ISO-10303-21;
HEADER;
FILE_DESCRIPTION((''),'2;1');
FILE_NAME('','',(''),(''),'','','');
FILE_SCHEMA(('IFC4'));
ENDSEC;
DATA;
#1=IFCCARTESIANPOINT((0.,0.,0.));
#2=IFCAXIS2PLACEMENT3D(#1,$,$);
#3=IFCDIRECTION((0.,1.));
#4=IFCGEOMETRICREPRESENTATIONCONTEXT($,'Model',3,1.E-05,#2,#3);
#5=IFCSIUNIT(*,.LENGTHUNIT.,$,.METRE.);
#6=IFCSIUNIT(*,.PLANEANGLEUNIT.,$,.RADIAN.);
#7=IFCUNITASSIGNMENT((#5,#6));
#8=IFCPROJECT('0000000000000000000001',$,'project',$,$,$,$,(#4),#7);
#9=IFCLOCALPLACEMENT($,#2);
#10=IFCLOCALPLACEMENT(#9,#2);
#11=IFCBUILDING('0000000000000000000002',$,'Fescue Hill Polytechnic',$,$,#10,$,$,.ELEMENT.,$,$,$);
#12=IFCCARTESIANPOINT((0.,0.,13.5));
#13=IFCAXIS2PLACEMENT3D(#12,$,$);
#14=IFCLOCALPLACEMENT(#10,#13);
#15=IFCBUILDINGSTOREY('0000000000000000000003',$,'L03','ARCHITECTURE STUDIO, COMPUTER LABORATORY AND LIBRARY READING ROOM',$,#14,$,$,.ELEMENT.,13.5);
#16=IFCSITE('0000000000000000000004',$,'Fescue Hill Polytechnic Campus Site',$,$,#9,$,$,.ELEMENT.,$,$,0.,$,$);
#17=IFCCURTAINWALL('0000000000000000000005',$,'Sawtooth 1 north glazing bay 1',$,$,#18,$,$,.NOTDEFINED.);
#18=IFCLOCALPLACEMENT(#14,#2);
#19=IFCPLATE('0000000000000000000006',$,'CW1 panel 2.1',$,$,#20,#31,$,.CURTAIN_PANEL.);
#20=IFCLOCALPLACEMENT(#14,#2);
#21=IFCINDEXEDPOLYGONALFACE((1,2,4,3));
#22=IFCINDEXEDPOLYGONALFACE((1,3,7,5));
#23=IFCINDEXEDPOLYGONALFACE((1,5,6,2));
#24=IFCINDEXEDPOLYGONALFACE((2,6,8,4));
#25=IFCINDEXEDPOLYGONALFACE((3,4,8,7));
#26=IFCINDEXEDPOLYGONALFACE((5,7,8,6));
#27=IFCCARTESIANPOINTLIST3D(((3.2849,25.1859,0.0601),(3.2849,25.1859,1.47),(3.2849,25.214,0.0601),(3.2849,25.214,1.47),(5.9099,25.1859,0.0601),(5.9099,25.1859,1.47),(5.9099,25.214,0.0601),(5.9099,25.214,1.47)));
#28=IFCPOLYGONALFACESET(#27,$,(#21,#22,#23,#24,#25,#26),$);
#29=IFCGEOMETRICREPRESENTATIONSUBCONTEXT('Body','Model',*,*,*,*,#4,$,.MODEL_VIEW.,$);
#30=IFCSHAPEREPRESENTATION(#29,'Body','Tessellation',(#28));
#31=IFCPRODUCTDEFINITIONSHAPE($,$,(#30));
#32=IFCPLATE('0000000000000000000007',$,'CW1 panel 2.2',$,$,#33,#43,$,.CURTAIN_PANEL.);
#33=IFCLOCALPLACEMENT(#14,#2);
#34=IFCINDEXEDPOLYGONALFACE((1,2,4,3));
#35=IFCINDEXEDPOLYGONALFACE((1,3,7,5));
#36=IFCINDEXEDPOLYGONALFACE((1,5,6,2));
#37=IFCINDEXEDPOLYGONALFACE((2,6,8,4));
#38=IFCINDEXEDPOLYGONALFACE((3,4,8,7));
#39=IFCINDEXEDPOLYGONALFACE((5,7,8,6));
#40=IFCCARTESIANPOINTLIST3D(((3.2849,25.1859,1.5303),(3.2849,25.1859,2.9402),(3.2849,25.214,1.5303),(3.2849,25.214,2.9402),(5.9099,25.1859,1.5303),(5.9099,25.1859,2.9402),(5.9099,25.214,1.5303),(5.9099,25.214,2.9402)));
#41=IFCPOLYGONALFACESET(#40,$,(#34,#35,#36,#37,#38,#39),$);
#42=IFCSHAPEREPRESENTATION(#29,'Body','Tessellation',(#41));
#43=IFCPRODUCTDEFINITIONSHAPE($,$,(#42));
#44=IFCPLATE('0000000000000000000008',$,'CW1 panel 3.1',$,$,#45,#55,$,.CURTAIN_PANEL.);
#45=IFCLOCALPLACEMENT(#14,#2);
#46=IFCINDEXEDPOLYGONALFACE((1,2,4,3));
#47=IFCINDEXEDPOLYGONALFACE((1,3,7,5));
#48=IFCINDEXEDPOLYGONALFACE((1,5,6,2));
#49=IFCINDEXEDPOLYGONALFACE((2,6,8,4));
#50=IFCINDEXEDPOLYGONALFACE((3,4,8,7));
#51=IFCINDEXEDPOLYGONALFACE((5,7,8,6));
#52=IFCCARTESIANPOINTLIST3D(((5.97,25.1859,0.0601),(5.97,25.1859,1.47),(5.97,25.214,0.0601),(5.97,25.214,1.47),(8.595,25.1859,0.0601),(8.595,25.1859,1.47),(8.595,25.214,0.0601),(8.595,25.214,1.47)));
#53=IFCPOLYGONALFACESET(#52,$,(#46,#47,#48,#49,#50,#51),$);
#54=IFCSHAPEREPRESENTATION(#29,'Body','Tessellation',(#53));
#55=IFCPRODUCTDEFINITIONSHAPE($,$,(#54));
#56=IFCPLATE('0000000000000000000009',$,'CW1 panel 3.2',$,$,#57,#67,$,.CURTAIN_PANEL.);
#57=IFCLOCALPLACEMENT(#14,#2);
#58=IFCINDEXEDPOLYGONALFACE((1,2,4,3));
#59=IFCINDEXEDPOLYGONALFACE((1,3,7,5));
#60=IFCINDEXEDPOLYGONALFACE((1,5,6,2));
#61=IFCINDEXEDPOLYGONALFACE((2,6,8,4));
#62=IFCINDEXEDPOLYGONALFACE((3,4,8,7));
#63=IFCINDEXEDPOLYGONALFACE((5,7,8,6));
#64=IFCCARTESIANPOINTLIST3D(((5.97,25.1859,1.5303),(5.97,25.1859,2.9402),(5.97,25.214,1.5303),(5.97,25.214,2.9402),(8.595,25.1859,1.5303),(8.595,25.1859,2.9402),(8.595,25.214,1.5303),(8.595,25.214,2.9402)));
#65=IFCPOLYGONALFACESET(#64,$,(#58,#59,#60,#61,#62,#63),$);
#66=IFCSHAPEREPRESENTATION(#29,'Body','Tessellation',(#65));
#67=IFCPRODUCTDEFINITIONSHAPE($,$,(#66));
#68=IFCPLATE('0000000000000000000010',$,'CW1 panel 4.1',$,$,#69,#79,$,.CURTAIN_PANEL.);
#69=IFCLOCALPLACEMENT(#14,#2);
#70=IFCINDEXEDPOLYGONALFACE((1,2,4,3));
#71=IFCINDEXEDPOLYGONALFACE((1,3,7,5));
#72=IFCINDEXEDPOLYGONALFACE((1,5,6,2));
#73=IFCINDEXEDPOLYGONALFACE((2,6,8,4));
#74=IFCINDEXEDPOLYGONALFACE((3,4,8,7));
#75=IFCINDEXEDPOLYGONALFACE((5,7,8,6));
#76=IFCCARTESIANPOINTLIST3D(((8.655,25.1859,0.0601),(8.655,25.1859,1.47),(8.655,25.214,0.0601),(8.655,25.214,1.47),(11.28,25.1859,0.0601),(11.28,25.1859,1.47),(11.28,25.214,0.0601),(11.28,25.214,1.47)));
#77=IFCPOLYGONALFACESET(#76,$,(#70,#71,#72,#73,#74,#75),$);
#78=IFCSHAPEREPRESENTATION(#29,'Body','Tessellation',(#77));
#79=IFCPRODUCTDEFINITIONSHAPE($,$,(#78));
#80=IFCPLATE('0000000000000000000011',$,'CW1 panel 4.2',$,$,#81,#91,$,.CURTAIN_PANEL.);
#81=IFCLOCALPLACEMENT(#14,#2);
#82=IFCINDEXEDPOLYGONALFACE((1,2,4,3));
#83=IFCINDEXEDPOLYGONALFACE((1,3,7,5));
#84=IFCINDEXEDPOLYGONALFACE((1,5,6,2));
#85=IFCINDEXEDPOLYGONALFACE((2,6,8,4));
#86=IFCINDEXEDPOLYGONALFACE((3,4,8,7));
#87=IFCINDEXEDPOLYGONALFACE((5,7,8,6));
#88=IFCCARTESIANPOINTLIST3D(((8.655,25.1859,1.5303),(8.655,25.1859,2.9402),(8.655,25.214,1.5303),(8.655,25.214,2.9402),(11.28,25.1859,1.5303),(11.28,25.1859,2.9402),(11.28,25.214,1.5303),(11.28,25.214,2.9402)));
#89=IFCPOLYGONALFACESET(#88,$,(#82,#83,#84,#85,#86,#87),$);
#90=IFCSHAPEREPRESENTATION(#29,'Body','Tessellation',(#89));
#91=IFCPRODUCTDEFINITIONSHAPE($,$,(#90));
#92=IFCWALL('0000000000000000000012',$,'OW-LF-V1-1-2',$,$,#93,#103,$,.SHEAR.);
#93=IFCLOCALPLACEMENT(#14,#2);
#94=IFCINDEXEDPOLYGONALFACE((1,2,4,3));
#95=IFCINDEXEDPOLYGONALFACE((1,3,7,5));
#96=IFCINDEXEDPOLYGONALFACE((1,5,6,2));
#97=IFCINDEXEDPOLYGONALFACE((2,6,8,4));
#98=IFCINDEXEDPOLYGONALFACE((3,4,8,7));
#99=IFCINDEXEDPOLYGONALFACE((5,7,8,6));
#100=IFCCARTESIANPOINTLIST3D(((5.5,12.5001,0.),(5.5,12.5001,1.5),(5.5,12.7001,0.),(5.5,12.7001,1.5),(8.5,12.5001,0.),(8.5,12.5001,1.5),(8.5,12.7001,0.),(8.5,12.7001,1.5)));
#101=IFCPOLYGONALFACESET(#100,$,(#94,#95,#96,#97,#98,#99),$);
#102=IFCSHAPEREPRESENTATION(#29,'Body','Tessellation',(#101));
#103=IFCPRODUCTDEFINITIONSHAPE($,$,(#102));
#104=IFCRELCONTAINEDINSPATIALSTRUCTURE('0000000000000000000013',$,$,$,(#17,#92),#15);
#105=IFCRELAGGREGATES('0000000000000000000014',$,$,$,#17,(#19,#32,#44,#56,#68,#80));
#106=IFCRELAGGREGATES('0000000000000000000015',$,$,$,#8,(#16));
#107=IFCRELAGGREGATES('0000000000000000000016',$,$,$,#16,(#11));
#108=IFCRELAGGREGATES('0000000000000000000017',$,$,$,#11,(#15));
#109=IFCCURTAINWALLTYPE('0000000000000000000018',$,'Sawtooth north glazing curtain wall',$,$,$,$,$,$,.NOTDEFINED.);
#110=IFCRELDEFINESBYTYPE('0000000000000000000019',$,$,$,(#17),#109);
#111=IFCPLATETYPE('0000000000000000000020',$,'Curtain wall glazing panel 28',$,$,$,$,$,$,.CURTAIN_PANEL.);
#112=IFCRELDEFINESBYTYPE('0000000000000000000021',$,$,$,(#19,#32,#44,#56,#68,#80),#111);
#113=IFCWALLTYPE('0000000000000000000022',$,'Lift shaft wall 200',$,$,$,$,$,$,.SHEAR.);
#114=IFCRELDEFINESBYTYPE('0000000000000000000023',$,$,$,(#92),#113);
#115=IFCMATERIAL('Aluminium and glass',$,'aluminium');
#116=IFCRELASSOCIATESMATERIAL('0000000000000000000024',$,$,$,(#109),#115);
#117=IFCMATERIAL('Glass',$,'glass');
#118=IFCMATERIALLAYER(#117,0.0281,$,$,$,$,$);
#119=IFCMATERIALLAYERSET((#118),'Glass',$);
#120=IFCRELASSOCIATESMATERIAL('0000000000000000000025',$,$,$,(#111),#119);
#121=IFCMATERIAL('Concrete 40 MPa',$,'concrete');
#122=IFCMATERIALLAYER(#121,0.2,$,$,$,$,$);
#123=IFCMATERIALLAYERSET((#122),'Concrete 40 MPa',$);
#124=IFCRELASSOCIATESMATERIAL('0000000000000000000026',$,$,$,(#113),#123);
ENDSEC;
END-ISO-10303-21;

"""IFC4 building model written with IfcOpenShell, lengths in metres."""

from ifc_helpers import new_model, si_unit, direction, frame, frame_2d, origin, origin_2d, place, context, subcontext, project, spatial, rectangle, extrude, material, layer, layer_set, type_object, element, aggregate, save


model = new_model("IFC4")

# Units and contexts
model_context = context("Model", 3, precision=1e-05, world=origin(), true_north=direction((0.0, 1.0)))
body_context = subcontext(model_context, "Body", "Model", "MODEL_VIEW")
ifc_project = project(units=[si_unit("LENGTHUNIT", "METRE"), si_unit("PLANEANGLEUNIT", "RADIAN")], contexts=[model_context])

# Site, building, storey
site_placement = place(None, origin())
site = spatial("IfcSite", under=ifc_project, at=site_placement, Name="Fescue Hill Polytechnic Campus Site", CompositionType="ELEMENT", RefElevation=0.0)
building_placement = place(site_placement, origin())
building = spatial("IfcBuilding", under=site, at=building_placement, Name="Fescue Hill Polytechnic", CompositionType="ELEMENT")
storey_placement = place(building_placement, frame((0.0, 0.0, 13.5)))
storey = spatial("IfcBuildingStorey", under=building, at=storey_placement, Name="L03", Description="ARCHITECTURE STUDIO, COMPUTER LABORATORY AND LIBRARY READING ROOM", CompositionType="ELEMENT", Elevation=13.5)

# Shared definitions
ifc_material_1 = material(Name="Concrete 40 MPa", Category="concrete")

# Curtain wall
ifc_material_2 = material(Name="Aluminium and glass", Category="aluminium")
curtain_wall_type = type_object("IfcCurtainWallType", Name="Sawtooth north glazing curtain wall", PredefinedType="NOTDEFINED", material=ifc_material_2)
curtain_wall_placement = place(storey_placement, origin())
curtain_wall = element("IfcCurtainWall", 1, at=curtain_wall_placement, inside=storey, type_object=curtain_wall_type, Name="Sawtooth 1 north glazing bay 1", PredefinedType="NOTDEFINED")

# Plates
ifc_material_3 = material(Name="Glass", Category="glass")
ifc_layer_1 = layer(ifc_material_3, 0.0281)
ifc_layer_set_1 = layer_set([ifc_layer_1], Name="Glass")
plate_type = type_object("IfcPlateType", Name="Curtain wall glazing panel 28", PredefinedType="CURTAIN_PANEL", material=ifc_layer_set_1)
plate_1_placement = place(storey_placement, frame((4.5974, 25.2, 0.0601), z_axis=(0.0, 0.0, 1.0), x_axis=(1.0, 0.0, 0.0)))
plate_1 = element("IfcPlate", 2, at=plate_1_placement, type_object=plate_type, Name="CW1 panel 2.1", PredefinedType="CURTAIN_PANEL", context=body_context, shape_type="SweptSolid", body=[
    extrude(rectangle(XDim=2.625, YDim=0.0281, at=origin_2d()), origin(), (0.0, 0.0, 1.0), 1.4099),
])
plate_2_placement = place(storey_placement, frame((4.5974, 25.2, 1.5303), z_axis=(0.0, 0.0, 1.0), x_axis=(1.0, 0.0, 0.0)))
plate_2 = element("IfcPlate", 3, at=plate_2_placement, type_object=plate_type, Name="CW1 panel 2.2", PredefinedType="CURTAIN_PANEL", context=body_context, shape_type="SweptSolid", body=[
    extrude(rectangle(XDim=2.625, YDim=0.0281, at=origin_2d()), origin(), (0.0, 0.0, 1.0), 1.4099),
])
plate_3_placement = place(storey_placement, frame((7.2825, 25.2, 0.0601), z_axis=(0.0, 0.0, 1.0), x_axis=(1.0, 0.0, 0.0)))
plate_3 = element("IfcPlate", 4, at=plate_3_placement, type_object=plate_type, Name="CW1 panel 3.1", PredefinedType="CURTAIN_PANEL", context=body_context, shape_type="SweptSolid", body=[
    extrude(rectangle(XDim=2.625, YDim=0.0281, at=origin_2d()), origin(), (0.0, 0.0, 1.0), 1.4099),
])
plate_4_placement = place(storey_placement, frame((7.2825, 25.2, 1.5303), z_axis=(0.0, 0.0, 1.0), x_axis=(1.0, 0.0, 0.0)))
plate_4 = element("IfcPlate", 5, at=plate_4_placement, type_object=plate_type, Name="CW1 panel 3.2", PredefinedType="CURTAIN_PANEL", context=body_context, shape_type="SweptSolid", body=[
    extrude(rectangle(XDim=2.625, YDim=0.0281, at=origin_2d()), origin(), (0.0, 0.0, 1.0), 1.4099),
])
plate_5_placement = place(storey_placement, frame((9.9675, 25.2, 0.0601), z_axis=(0.0, 0.0, 1.0), x_axis=(1.0, 0.0, 0.0)))
plate_5 = element("IfcPlate", 6, at=plate_5_placement, type_object=plate_type, Name="CW1 panel 4.1", PredefinedType="CURTAIN_PANEL", context=body_context, shape_type="SweptSolid", body=[
    extrude(rectangle(XDim=2.625, YDim=0.0281, at=origin_2d()), origin(), (0.0, 0.0, 1.0), 1.4099),
])
plate_6_placement = place(storey_placement, frame((9.9675, 25.2, 1.5303), z_axis=(0.0, 0.0, 1.0), x_axis=(1.0, 0.0, 0.0)))
plate_6 = element("IfcPlate", 7, at=plate_6_placement, type_object=plate_type, Name="CW1 panel 4.2", PredefinedType="CURTAIN_PANEL", context=body_context, shape_type="SweptSolid", body=[
    extrude(rectangle(XDim=2.625, YDim=0.0281, at=origin_2d()), origin(), (0.0, 0.0, 1.0), 1.4099),
])
aggregate(curtain_wall, [plate_1, plate_2, plate_3, plate_4, plate_5, plate_6])

# Wall
ifc_layer_2 = layer(ifc_material_1, 0.2)
ifc_layer_set_2 = layer_set([ifc_layer_2], Name="Concrete 40 MPa")
wall_type = type_object("IfcWallType", Name="Lift shaft wall 200", PredefinedType="SHEAR", material=ifc_layer_set_2)
wall_placement = place(storey_placement, frame((5.5, 12.6001, 0.0), z_axis=(0.0, 0.0, 1.0), x_axis=(1.0, 0.0, 0.0)))
element("IfcWall", 8, at=wall_placement, inside=storey, type_object=wall_type, Name="OW-LF-V1-1-2", PredefinedType="SHEAR", context=body_context, shape_type="SweptSolid", body=[
    extrude(rectangle(XDim=3.0, YDim=0.2, at=frame_2d((1.5, 0.0))), origin(), (0.0, 0.0, 1.0), 1.5),
])

save(model, "model.ifc")
